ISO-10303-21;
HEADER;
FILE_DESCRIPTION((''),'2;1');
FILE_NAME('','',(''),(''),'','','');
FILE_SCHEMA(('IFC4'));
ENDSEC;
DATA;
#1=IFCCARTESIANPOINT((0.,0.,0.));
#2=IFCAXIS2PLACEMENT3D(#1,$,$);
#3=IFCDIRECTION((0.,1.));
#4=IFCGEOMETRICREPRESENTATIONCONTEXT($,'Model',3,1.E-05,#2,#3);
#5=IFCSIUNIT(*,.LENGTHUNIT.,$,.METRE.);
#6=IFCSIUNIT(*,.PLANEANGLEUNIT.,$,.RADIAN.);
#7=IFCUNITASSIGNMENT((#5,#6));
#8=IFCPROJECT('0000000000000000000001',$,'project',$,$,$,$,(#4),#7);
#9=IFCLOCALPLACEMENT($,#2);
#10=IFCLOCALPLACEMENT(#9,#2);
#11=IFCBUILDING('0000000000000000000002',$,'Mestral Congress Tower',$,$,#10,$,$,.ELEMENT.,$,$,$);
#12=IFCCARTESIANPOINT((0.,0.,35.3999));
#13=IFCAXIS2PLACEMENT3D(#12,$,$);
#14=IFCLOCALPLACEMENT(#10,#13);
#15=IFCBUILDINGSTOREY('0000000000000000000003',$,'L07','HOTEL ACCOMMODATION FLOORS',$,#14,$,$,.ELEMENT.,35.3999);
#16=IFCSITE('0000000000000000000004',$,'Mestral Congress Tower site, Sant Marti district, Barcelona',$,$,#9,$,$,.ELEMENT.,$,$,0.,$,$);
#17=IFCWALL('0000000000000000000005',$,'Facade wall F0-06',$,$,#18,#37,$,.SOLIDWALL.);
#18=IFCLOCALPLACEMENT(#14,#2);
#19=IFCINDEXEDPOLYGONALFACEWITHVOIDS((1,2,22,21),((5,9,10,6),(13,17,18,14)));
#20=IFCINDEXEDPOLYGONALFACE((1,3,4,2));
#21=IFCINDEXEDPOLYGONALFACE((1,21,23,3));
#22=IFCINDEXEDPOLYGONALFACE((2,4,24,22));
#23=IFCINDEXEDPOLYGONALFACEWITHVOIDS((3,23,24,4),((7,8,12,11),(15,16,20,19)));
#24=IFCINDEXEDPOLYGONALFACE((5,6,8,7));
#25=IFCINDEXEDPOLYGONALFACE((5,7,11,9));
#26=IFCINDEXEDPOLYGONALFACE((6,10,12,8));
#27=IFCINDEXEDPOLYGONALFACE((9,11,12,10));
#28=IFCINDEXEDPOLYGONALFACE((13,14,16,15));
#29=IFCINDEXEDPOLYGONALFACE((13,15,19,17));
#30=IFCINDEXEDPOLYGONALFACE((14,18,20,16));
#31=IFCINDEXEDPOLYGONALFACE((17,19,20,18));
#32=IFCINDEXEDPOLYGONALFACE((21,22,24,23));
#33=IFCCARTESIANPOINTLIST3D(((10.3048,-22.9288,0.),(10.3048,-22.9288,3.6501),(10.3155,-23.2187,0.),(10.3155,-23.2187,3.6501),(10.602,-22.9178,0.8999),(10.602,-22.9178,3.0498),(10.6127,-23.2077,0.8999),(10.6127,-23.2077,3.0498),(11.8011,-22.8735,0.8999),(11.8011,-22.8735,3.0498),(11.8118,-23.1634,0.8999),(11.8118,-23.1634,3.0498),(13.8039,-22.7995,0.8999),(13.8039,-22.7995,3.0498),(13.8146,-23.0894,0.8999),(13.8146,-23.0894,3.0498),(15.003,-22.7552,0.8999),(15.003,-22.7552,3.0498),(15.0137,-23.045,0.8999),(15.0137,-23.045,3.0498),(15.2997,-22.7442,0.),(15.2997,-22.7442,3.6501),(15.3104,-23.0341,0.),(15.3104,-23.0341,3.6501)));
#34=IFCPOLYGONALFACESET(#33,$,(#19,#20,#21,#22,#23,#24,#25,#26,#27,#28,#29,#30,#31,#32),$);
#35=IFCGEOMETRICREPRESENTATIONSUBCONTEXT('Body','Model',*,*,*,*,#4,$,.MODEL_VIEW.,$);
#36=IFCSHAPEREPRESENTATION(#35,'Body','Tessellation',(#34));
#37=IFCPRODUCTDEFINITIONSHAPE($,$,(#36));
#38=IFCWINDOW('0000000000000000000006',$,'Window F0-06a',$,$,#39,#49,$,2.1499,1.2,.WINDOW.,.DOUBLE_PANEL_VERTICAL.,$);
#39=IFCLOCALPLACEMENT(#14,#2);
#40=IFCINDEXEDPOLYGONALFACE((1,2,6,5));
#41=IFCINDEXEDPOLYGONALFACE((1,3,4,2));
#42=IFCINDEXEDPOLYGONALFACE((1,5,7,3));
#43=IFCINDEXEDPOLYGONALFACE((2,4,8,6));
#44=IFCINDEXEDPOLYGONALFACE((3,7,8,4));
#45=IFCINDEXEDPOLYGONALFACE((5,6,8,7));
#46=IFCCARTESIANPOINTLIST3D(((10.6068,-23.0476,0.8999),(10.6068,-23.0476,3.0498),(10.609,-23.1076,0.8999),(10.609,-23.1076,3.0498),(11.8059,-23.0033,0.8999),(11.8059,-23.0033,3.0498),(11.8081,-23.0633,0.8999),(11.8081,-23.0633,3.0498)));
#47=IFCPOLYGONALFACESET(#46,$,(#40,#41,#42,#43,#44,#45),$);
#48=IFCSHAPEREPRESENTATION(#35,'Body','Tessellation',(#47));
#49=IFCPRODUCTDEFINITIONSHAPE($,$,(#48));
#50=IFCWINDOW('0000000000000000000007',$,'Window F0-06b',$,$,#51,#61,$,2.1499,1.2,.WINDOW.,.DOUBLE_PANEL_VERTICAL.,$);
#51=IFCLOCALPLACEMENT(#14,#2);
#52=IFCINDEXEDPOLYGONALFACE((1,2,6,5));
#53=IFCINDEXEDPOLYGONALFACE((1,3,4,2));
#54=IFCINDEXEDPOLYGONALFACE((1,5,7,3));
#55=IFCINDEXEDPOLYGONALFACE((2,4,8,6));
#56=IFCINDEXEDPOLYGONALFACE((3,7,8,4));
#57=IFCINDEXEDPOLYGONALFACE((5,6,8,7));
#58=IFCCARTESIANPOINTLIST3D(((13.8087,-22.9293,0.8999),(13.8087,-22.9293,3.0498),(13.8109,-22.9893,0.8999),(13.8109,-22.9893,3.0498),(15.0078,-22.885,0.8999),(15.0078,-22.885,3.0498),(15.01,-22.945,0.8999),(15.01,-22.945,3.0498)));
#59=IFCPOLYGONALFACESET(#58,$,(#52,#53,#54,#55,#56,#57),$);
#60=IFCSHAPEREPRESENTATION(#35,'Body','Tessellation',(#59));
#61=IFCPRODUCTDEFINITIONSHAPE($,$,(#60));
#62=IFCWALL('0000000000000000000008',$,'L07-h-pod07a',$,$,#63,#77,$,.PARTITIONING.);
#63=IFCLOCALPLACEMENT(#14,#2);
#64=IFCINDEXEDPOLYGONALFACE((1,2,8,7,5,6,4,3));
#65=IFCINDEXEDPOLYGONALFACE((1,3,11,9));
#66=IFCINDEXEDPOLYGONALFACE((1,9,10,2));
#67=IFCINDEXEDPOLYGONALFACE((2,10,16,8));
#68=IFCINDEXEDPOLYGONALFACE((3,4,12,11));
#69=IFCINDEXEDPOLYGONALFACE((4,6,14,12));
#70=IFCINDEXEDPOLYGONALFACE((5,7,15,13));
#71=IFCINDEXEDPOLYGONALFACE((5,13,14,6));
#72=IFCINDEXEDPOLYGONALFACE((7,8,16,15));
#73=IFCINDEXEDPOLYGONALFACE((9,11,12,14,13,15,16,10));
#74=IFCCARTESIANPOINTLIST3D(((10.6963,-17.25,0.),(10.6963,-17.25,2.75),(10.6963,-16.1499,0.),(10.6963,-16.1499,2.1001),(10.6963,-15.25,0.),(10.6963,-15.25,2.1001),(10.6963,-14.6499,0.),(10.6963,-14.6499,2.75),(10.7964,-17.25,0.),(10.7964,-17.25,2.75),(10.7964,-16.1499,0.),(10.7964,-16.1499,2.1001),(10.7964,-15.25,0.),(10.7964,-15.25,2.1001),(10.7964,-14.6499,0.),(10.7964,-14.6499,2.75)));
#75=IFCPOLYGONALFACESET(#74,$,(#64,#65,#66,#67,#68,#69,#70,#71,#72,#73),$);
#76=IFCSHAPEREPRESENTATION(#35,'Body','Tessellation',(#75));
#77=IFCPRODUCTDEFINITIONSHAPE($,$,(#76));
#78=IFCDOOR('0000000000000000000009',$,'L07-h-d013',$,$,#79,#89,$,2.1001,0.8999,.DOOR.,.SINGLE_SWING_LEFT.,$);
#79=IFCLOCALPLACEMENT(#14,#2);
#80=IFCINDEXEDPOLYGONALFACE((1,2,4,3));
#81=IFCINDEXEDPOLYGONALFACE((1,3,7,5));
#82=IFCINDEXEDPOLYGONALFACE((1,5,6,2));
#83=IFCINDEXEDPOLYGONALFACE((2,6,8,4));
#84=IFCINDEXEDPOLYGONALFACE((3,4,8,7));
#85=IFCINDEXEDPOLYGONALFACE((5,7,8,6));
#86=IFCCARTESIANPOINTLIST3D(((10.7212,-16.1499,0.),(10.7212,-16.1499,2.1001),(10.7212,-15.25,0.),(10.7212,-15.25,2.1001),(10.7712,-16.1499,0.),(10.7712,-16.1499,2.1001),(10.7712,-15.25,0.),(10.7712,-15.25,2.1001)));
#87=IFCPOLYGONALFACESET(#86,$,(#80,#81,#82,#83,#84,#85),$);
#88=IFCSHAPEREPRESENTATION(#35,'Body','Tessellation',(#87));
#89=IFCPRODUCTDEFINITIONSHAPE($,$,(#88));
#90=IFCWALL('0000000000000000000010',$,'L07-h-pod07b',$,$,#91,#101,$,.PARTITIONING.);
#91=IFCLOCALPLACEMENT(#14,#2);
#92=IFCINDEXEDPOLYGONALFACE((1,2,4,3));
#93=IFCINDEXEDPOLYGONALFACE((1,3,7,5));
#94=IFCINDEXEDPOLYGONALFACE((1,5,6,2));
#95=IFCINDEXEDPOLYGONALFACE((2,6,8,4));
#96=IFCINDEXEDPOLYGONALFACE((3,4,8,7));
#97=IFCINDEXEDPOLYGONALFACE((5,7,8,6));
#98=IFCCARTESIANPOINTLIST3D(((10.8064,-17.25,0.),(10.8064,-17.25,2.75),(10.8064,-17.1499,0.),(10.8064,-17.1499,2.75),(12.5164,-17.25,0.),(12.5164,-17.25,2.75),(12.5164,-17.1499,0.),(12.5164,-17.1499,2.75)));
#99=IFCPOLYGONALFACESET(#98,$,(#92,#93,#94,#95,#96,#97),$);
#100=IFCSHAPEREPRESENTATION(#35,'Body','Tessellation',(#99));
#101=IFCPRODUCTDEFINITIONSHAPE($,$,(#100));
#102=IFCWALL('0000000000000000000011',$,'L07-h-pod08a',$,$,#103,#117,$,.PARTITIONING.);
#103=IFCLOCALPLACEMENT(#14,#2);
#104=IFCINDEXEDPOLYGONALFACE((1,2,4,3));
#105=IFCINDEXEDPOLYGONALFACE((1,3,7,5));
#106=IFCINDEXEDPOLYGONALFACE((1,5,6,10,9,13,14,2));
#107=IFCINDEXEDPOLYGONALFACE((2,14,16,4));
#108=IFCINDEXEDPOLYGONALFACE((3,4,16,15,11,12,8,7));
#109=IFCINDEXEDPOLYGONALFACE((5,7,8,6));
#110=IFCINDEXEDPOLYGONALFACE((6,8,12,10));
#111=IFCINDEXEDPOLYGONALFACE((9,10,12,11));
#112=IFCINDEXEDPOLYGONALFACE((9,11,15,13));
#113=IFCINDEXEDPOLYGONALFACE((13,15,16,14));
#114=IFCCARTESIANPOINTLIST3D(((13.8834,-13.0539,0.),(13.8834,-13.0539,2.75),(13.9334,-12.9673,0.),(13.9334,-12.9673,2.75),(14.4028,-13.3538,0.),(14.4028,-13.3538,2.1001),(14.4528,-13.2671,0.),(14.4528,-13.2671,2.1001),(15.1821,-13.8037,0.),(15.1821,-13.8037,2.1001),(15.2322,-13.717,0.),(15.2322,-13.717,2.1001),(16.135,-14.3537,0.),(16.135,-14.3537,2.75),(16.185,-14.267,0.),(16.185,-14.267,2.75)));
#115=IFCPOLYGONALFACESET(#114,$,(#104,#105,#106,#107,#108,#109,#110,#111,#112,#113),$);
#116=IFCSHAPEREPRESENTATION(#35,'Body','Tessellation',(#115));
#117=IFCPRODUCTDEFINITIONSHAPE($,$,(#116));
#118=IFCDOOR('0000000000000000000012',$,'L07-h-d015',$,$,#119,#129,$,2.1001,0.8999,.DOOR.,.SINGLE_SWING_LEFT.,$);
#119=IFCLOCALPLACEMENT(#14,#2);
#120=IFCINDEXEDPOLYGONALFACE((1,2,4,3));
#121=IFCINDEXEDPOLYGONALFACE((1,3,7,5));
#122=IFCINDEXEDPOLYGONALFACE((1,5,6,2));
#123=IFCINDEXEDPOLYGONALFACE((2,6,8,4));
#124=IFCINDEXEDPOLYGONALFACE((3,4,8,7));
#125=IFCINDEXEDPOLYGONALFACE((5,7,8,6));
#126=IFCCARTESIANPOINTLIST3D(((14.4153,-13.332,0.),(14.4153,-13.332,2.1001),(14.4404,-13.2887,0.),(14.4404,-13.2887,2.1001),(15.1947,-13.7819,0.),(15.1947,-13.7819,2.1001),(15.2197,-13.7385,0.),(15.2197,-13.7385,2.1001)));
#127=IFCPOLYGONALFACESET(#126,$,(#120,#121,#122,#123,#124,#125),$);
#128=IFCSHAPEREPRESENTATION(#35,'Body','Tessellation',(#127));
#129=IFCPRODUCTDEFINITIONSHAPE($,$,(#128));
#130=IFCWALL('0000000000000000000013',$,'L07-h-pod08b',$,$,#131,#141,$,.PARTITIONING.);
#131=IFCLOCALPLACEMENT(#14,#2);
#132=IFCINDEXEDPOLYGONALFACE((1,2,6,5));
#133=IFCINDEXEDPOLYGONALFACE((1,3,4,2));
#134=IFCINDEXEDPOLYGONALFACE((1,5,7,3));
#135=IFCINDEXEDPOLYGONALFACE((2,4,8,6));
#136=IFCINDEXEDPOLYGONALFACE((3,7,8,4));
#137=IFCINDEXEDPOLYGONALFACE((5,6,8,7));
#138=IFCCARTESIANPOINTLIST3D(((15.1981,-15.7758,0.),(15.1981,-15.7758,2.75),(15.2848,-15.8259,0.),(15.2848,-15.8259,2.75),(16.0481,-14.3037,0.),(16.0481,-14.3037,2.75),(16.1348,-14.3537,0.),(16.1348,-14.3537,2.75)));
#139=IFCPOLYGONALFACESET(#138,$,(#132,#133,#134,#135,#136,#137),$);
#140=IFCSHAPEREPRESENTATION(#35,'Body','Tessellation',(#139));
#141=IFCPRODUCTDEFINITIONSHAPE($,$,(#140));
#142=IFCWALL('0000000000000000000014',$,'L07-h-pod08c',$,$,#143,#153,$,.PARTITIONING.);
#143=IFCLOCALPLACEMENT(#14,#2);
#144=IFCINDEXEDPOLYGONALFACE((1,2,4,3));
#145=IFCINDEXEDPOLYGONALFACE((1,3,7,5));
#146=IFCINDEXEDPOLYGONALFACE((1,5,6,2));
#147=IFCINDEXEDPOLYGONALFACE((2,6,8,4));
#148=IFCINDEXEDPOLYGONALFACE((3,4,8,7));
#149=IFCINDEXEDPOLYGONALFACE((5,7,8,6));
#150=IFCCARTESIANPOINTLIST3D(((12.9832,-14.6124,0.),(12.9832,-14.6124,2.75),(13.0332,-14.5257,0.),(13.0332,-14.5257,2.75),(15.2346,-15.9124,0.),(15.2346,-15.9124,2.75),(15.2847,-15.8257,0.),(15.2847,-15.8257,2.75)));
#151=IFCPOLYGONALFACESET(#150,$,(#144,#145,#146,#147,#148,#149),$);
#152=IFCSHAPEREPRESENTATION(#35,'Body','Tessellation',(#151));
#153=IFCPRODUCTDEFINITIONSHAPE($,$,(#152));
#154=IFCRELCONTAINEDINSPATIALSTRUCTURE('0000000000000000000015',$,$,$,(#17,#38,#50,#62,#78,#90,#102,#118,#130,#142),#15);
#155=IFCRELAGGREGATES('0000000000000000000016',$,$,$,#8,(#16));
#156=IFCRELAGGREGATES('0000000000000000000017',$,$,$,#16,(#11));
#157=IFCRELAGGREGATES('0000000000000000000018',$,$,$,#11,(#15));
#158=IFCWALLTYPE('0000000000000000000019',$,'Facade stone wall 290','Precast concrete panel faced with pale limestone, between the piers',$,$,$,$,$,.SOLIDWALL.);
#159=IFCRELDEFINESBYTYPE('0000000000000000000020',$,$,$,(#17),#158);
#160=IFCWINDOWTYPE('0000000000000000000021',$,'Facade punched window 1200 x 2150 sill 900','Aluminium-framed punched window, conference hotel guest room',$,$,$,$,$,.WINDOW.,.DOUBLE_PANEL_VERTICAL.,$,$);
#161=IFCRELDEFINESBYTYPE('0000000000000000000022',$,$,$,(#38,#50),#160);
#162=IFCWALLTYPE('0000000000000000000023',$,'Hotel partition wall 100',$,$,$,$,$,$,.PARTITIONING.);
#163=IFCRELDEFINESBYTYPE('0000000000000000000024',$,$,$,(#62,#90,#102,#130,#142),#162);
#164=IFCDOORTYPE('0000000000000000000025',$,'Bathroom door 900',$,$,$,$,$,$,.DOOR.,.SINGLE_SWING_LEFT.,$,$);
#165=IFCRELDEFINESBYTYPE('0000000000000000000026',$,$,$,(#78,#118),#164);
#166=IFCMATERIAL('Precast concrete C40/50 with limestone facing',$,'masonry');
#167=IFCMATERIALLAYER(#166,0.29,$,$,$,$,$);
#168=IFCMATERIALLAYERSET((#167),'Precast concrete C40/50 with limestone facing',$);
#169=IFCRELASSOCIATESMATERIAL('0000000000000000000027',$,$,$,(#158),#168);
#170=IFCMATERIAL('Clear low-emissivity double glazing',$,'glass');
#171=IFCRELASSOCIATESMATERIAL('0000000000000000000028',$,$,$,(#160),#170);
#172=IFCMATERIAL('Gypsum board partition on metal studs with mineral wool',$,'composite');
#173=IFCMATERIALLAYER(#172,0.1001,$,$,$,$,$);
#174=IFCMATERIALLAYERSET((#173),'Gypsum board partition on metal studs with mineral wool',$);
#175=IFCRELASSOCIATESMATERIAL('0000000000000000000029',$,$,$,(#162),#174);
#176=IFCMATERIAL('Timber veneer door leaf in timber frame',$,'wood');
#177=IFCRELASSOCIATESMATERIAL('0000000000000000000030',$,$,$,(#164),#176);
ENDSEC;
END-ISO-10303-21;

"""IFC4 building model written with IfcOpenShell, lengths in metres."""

from ifc_helpers import new_model, si_unit, direction, frame, frame_2d, origin, place, context, subcontext, project, spatial, rectangle, extrude, material, layer, layer_set, type_object, element, fill, save


model = new_model("IFC4")

# Units and contexts
model_context = context("Model", 3, precision=1e-05, world=origin(), true_north=direction((0.0, 1.0)))
body_context = subcontext(model_context, "Body", "Model", "MODEL_VIEW")
ifc_project = project(units=[si_unit("LENGTHUNIT", "METRE"), si_unit("PLANEANGLEUNIT", "RADIAN")], contexts=[model_context])

# Site, building, storey
site_placement = place(None, origin())
site = spatial("IfcSite", under=ifc_project, at=site_placement, Name="Mestral Congress Tower site, Sant Marti district, Barcelona", CompositionType="ELEMENT", RefElevation=0.0)
building_placement = place(site_placement, origin())
building = spatial("IfcBuilding", under=site, at=building_placement, Name="Mestral Congress Tower", CompositionType="ELEMENT")
storey_placement = place(building_placement, frame((0.0, 0.0, 35.3999)))
storey = spatial("IfcBuildingStorey", under=building, at=storey_placement, Name="L07", Description="HOTEL ACCOMMODATION FLOORS", CompositionType="ELEMENT", Elevation=35.3999)

# Wall, openings, windows
ifc_material_1 = material(Name="Precast concrete C40/50 with limestone facing", Category="masonry")
ifc_layer_1 = layer(ifc_material_1, 0.29)
ifc_layer_set_1 = layer_set([ifc_layer_1], Name="Precast concrete C40/50 with limestone facing")
wall_type_1 = type_object("IfcWallType", Name="Facade stone wall 290", Description="Precast concrete panel faced with pale limestone, between the piers", PredefinedType="SOLIDWALL", material=ifc_layer_set_1)
wall_1_placement = place(storey_placement, frame((10.3103, -23.0737, 0.0), z_axis=(0.0, 0.0, 1.0), x_axis=(0.999318, 0.036927, 0.0)))
wall_1 = element("IfcWall", 1, at=wall_1_placement, inside=storey, type_object=wall_type_1, Name="Facade wall F0-06", PredefinedType="SOLIDWALL", context=body_context, shape_type="SweptSolid", body=[
    extrude(rectangle(XDim=4.9983, YDim=0.29, at=frame_2d((2.499, 0.0))), origin(), (0.0, 0.0, 1.0), 3.6501),
])
opening_1_placement = place(wall_1_placement, frame((0.2971, 0.0, 0.8999)))
opening_1 = element("IfcOpeningElement", 2, at=opening_1_placement, cuts=wall_1, PredefinedType="OPENING", context=body_context, shape_type="SweptSolid", body=[
    extrude(rectangle(XDim=1.2, YDim=2.1499, at=frame_2d((0.6001, 1.075))), frame((0.0, 0.155, 0.0), z_axis=(0.0, -1.0, 0.0), x_axis=(1.0, 0.0, 0.0)), (0.0, 0.0, 1.0), 0.3101),
])
opening_2_placement = place(wall_1_placement, frame((3.5012, 0.0, 0.8999)))
opening_2 = element("IfcOpeningElement", 3, at=opening_2_placement, cuts=wall_1, PredefinedType="OPENING", context=body_context, shape_type="SweptSolid", body=[
    extrude(rectangle(XDim=1.2, YDim=2.1499, at=frame_2d((0.6001, 1.075))), frame((0.0, 0.155, 0.0), z_axis=(0.0, -1.0, 0.0), x_axis=(1.0, 0.0, 0.0)), (0.0, 0.0, 1.0), 0.3101),
])
ifc_material_2 = material(Name="Clear low-emissivity double glazing", Category="glass")
window_type = type_object("IfcWindowType", Name="Facade punched window 1200 x 2150 sill 900", Description="Aluminium-framed punched window, conference hotel guest room", PartitioningType="DOUBLE_PANEL_VERTICAL", PredefinedType="WINDOW", material=ifc_material_2)
window_1_placement = place(opening_1_placement, origin())
window_1 = element("IfcWindow", 4, at=window_1_placement, inside=storey, type_object=window_type, Name="Window F0-06a", OverallHeight=2.1499, OverallWidth=1.2, PartitioningType="DOUBLE_PANEL_VERTICAL", PredefinedType="WINDOW", context=body_context, shape_type="SweptSolid", body=[
    extrude(rectangle(XDim=1.2, YDim=2.1499, at=frame_2d((0.6001, 1.075))), frame((0.0, 0.0151, 0.0), z_axis=(0.0, -1.0, 0.0), x_axis=(1.0, 0.0, 0.0)), (0.0, 0.0, 1.0), 0.0601),
])
fill(opening_1, window_1)
window_2_placement = place(opening_2_placement, origin())
window_2 = element("IfcWindow", 5, at=window_2_placement, inside=storey, type_object=window_type, Name="Window F0-06b", OverallHeight=2.1499, OverallWidth=1.2, PartitioningType="DOUBLE_PANEL_VERTICAL", PredefinedType="WINDOW", context=body_context, shape_type="SweptSolid", body=[
    extrude(rectangle(XDim=1.2, YDim=2.1499, at=frame_2d((0.6001, 1.075))), frame((0.0, 0.0151, 0.0), z_axis=(0.0, -1.0, 0.0), x_axis=(1.0, 0.0, 0.0)), (0.0, 0.0, 1.0), 0.0601),
])
fill(opening_2, window_2)

# Wall, opening, door
ifc_material_3 = material(Name="Gypsum board partition on metal studs with mineral wool", Category="composite")
ifc_layer_2 = layer(ifc_material_3, 0.1001)
ifc_layer_set_2 = layer_set([ifc_layer_2], Name="Gypsum board partition on metal studs with mineral wool")
wall_type_2 = type_object("IfcWallType", Name="Hotel partition wall 100", PredefinedType="PARTITIONING", material=ifc_layer_set_2)
wall_2_placement = place(storey_placement, frame((10.7463, -14.6499, 0.0), z_axis=(0.0, 0.0, 1.0), x_axis=(0.0, -1.0, 0.0)))
wall_2 = element("IfcWall", 6, at=wall_2_placement, inside=storey, type_object=wall_type_2, Name="L07-h-pod07a", PredefinedType="PARTITIONING", context=body_context, shape_type="SweptSolid", body=[
    extrude(rectangle(XDim=2.6001, YDim=0.1001, at=frame_2d((1.3, 0.0))), origin(), (0.0, 0.0, 1.0), 2.75),
])
opening_3_placement = place(wall_2_placement, frame((0.6001, 0.0, 0.0)))
opening_3 = element("IfcOpeningElement", 7, at=opening_3_placement, cuts=wall_2, PredefinedType="OPENING", context=body_context, shape_type="SweptSolid", body=[
    extrude(rectangle(XDim=0.8999, YDim=2.1001, at=frame_2d((0.45, 1.05))), frame((0.0, 0.0601, 0.0), z_axis=(0.0, -1.0, 0.0), x_axis=(1.0, 0.0, 0.0)), (0.0, 0.0, 1.0), 0.1201),
])
ifc_material_4 = material(Name="Timber veneer door leaf in timber frame", Category="wood")
door_type_1 = type_object("IfcDoorType", Name="Bathroom door 900", OperationType="SINGLE_SWING_LEFT", PredefinedType="DOOR", material=ifc_material_4)
door_1_placement = place(opening_3_placement, origin())
door_1 = element("IfcDoor", 8, at=door_1_placement, inside=storey, type_object=door_type_1, Name="L07-h-d013", OperationType="SINGLE_SWING_LEFT", OverallHeight=2.1001, OverallWidth=0.8999, PredefinedType="DOOR", context=body_context, shape_type="SweptSolid", body=[
    extrude(rectangle(XDim=0.8999, YDim=2.1001, at=frame_2d((0.45, 1.05))), frame((0.0, 0.0249, 0.0), z_axis=(0.0, -1.0, 0.0), x_axis=(1.0, 0.0, 0.0)), (0.0, 0.0, 1.0), 0.05),
])
fill(opening_3, door_1)

# Wall
wall_3_placement = place(storey_placement, frame((10.8064, -17.2, 0.0), z_axis=(0.0, 0.0, 1.0), x_axis=(1.0, 0.0, 0.0)))
element("IfcWall", 9, at=wall_3_placement, inside=storey, type_object=wall_type_2, Name="L07-h-pod07b", PredefinedType="PARTITIONING", context=body_context, shape_type="SweptSolid", body=[
    extrude(rectangle(XDim=1.71, YDim=0.1001, at=frame_2d((0.855, 0.0))), origin(), (0.0, 0.0, 1.0), 2.75),
])

# Wall, opening, door
wall_4_placement = place(storey_placement, frame((16.1599, -14.3103, 0.0), z_axis=(0.0, 0.0, 1.0), x_axis=(-0.866062, 0.499937, 0.0)))
wall_4 = element("IfcWall", 10, at=wall_4_placement, inside=storey, type_object=wall_type_2, Name="L07-h-pod08a", PredefinedType="PARTITIONING", context=body_context, shape_type="SweptSolid", body=[
    extrude(rectangle(XDim=2.5999, YDim=0.1001, at=frame_2d((1.2998, 0.0))), origin(), (0.0, 0.0, 1.0), 2.75),
])
opening_4_placement = place(wall_4_placement, frame((1.1001, 0.0, 0.0)))
opening_4 = element("IfcOpeningElement", 11, at=opening_4_placement, cuts=wall_4, PredefinedType="OPENING", context=body_context, shape_type="SweptSolid", body=[
    extrude(rectangle(XDim=0.8999, YDim=2.1001, at=frame_2d((0.45, 1.05))), frame((0.0, 0.0601, 0.0), z_axis=(0.0, -1.0, 0.0), x_axis=(1.0, 0.0, 0.0)), (0.0, 0.0, 1.0), 0.1201),
])
door_2_placement = place(opening_4_placement, origin())
door_2 = element("IfcDoor", 12, at=door_2_placement, inside=storey, type_object=door_type_1, Name="L07-h-d015", OperationType="SINGLE_SWING_LEFT", OverallHeight=2.1001, OverallWidth=0.8999, PredefinedType="DOOR", context=body_context, shape_type="SweptSolid", body=[
    extrude(rectangle(XDim=0.8999, YDim=2.1001, at=frame_2d((0.45, 1.05))), frame((0.0, 0.0249, 0.0), z_axis=(0.0, -1.0, 0.0), x_axis=(1.0, 0.0, 0.0)), (0.0, 0.0, 1.0), 0.05),
])
fill(opening_4, door_2)

# Walls
wall_5_placement = place(storey_placement, frame((16.0916, -14.3286, 0.0), z_axis=(0.0, 0.0, 1.0), x_axis=(-0.500062, -0.865989, 0.0)))
element("IfcWall", 13, at=wall_5_placement, inside=storey, type_object=wall_type_2, Name="L07-h-pod08b", PredefinedType="PARTITIONING", context=body_context, shape_type="SweptSolid", body=[
    extrude(rectangle(XDim=1.7, YDim=0.1001, at=frame_2d((0.8501, 0.0))), origin(), (0.0, 0.0, 1.0), 2.75),
])
wall_6_placement = place(storey_placement, frame((13.0083, -14.5691, 0.0), z_axis=(0.0, 0.0, 1.0), x_axis=(0.865998, -0.500048, 0.0)))
element("IfcWall", 14, at=wall_6_placement, inside=storey, type_object=wall_type_2, Name="L07-h-pod08c", PredefinedType="PARTITIONING", context=body_context, shape_type="SweptSolid", body=[
    extrude(rectangle(XDim=2.5999, YDim=0.1001, at=frame_2d((1.2998, 0.0))), origin(), (0.0, 0.0, 1.0), 2.75),
])

save(model, "model.ifc")
